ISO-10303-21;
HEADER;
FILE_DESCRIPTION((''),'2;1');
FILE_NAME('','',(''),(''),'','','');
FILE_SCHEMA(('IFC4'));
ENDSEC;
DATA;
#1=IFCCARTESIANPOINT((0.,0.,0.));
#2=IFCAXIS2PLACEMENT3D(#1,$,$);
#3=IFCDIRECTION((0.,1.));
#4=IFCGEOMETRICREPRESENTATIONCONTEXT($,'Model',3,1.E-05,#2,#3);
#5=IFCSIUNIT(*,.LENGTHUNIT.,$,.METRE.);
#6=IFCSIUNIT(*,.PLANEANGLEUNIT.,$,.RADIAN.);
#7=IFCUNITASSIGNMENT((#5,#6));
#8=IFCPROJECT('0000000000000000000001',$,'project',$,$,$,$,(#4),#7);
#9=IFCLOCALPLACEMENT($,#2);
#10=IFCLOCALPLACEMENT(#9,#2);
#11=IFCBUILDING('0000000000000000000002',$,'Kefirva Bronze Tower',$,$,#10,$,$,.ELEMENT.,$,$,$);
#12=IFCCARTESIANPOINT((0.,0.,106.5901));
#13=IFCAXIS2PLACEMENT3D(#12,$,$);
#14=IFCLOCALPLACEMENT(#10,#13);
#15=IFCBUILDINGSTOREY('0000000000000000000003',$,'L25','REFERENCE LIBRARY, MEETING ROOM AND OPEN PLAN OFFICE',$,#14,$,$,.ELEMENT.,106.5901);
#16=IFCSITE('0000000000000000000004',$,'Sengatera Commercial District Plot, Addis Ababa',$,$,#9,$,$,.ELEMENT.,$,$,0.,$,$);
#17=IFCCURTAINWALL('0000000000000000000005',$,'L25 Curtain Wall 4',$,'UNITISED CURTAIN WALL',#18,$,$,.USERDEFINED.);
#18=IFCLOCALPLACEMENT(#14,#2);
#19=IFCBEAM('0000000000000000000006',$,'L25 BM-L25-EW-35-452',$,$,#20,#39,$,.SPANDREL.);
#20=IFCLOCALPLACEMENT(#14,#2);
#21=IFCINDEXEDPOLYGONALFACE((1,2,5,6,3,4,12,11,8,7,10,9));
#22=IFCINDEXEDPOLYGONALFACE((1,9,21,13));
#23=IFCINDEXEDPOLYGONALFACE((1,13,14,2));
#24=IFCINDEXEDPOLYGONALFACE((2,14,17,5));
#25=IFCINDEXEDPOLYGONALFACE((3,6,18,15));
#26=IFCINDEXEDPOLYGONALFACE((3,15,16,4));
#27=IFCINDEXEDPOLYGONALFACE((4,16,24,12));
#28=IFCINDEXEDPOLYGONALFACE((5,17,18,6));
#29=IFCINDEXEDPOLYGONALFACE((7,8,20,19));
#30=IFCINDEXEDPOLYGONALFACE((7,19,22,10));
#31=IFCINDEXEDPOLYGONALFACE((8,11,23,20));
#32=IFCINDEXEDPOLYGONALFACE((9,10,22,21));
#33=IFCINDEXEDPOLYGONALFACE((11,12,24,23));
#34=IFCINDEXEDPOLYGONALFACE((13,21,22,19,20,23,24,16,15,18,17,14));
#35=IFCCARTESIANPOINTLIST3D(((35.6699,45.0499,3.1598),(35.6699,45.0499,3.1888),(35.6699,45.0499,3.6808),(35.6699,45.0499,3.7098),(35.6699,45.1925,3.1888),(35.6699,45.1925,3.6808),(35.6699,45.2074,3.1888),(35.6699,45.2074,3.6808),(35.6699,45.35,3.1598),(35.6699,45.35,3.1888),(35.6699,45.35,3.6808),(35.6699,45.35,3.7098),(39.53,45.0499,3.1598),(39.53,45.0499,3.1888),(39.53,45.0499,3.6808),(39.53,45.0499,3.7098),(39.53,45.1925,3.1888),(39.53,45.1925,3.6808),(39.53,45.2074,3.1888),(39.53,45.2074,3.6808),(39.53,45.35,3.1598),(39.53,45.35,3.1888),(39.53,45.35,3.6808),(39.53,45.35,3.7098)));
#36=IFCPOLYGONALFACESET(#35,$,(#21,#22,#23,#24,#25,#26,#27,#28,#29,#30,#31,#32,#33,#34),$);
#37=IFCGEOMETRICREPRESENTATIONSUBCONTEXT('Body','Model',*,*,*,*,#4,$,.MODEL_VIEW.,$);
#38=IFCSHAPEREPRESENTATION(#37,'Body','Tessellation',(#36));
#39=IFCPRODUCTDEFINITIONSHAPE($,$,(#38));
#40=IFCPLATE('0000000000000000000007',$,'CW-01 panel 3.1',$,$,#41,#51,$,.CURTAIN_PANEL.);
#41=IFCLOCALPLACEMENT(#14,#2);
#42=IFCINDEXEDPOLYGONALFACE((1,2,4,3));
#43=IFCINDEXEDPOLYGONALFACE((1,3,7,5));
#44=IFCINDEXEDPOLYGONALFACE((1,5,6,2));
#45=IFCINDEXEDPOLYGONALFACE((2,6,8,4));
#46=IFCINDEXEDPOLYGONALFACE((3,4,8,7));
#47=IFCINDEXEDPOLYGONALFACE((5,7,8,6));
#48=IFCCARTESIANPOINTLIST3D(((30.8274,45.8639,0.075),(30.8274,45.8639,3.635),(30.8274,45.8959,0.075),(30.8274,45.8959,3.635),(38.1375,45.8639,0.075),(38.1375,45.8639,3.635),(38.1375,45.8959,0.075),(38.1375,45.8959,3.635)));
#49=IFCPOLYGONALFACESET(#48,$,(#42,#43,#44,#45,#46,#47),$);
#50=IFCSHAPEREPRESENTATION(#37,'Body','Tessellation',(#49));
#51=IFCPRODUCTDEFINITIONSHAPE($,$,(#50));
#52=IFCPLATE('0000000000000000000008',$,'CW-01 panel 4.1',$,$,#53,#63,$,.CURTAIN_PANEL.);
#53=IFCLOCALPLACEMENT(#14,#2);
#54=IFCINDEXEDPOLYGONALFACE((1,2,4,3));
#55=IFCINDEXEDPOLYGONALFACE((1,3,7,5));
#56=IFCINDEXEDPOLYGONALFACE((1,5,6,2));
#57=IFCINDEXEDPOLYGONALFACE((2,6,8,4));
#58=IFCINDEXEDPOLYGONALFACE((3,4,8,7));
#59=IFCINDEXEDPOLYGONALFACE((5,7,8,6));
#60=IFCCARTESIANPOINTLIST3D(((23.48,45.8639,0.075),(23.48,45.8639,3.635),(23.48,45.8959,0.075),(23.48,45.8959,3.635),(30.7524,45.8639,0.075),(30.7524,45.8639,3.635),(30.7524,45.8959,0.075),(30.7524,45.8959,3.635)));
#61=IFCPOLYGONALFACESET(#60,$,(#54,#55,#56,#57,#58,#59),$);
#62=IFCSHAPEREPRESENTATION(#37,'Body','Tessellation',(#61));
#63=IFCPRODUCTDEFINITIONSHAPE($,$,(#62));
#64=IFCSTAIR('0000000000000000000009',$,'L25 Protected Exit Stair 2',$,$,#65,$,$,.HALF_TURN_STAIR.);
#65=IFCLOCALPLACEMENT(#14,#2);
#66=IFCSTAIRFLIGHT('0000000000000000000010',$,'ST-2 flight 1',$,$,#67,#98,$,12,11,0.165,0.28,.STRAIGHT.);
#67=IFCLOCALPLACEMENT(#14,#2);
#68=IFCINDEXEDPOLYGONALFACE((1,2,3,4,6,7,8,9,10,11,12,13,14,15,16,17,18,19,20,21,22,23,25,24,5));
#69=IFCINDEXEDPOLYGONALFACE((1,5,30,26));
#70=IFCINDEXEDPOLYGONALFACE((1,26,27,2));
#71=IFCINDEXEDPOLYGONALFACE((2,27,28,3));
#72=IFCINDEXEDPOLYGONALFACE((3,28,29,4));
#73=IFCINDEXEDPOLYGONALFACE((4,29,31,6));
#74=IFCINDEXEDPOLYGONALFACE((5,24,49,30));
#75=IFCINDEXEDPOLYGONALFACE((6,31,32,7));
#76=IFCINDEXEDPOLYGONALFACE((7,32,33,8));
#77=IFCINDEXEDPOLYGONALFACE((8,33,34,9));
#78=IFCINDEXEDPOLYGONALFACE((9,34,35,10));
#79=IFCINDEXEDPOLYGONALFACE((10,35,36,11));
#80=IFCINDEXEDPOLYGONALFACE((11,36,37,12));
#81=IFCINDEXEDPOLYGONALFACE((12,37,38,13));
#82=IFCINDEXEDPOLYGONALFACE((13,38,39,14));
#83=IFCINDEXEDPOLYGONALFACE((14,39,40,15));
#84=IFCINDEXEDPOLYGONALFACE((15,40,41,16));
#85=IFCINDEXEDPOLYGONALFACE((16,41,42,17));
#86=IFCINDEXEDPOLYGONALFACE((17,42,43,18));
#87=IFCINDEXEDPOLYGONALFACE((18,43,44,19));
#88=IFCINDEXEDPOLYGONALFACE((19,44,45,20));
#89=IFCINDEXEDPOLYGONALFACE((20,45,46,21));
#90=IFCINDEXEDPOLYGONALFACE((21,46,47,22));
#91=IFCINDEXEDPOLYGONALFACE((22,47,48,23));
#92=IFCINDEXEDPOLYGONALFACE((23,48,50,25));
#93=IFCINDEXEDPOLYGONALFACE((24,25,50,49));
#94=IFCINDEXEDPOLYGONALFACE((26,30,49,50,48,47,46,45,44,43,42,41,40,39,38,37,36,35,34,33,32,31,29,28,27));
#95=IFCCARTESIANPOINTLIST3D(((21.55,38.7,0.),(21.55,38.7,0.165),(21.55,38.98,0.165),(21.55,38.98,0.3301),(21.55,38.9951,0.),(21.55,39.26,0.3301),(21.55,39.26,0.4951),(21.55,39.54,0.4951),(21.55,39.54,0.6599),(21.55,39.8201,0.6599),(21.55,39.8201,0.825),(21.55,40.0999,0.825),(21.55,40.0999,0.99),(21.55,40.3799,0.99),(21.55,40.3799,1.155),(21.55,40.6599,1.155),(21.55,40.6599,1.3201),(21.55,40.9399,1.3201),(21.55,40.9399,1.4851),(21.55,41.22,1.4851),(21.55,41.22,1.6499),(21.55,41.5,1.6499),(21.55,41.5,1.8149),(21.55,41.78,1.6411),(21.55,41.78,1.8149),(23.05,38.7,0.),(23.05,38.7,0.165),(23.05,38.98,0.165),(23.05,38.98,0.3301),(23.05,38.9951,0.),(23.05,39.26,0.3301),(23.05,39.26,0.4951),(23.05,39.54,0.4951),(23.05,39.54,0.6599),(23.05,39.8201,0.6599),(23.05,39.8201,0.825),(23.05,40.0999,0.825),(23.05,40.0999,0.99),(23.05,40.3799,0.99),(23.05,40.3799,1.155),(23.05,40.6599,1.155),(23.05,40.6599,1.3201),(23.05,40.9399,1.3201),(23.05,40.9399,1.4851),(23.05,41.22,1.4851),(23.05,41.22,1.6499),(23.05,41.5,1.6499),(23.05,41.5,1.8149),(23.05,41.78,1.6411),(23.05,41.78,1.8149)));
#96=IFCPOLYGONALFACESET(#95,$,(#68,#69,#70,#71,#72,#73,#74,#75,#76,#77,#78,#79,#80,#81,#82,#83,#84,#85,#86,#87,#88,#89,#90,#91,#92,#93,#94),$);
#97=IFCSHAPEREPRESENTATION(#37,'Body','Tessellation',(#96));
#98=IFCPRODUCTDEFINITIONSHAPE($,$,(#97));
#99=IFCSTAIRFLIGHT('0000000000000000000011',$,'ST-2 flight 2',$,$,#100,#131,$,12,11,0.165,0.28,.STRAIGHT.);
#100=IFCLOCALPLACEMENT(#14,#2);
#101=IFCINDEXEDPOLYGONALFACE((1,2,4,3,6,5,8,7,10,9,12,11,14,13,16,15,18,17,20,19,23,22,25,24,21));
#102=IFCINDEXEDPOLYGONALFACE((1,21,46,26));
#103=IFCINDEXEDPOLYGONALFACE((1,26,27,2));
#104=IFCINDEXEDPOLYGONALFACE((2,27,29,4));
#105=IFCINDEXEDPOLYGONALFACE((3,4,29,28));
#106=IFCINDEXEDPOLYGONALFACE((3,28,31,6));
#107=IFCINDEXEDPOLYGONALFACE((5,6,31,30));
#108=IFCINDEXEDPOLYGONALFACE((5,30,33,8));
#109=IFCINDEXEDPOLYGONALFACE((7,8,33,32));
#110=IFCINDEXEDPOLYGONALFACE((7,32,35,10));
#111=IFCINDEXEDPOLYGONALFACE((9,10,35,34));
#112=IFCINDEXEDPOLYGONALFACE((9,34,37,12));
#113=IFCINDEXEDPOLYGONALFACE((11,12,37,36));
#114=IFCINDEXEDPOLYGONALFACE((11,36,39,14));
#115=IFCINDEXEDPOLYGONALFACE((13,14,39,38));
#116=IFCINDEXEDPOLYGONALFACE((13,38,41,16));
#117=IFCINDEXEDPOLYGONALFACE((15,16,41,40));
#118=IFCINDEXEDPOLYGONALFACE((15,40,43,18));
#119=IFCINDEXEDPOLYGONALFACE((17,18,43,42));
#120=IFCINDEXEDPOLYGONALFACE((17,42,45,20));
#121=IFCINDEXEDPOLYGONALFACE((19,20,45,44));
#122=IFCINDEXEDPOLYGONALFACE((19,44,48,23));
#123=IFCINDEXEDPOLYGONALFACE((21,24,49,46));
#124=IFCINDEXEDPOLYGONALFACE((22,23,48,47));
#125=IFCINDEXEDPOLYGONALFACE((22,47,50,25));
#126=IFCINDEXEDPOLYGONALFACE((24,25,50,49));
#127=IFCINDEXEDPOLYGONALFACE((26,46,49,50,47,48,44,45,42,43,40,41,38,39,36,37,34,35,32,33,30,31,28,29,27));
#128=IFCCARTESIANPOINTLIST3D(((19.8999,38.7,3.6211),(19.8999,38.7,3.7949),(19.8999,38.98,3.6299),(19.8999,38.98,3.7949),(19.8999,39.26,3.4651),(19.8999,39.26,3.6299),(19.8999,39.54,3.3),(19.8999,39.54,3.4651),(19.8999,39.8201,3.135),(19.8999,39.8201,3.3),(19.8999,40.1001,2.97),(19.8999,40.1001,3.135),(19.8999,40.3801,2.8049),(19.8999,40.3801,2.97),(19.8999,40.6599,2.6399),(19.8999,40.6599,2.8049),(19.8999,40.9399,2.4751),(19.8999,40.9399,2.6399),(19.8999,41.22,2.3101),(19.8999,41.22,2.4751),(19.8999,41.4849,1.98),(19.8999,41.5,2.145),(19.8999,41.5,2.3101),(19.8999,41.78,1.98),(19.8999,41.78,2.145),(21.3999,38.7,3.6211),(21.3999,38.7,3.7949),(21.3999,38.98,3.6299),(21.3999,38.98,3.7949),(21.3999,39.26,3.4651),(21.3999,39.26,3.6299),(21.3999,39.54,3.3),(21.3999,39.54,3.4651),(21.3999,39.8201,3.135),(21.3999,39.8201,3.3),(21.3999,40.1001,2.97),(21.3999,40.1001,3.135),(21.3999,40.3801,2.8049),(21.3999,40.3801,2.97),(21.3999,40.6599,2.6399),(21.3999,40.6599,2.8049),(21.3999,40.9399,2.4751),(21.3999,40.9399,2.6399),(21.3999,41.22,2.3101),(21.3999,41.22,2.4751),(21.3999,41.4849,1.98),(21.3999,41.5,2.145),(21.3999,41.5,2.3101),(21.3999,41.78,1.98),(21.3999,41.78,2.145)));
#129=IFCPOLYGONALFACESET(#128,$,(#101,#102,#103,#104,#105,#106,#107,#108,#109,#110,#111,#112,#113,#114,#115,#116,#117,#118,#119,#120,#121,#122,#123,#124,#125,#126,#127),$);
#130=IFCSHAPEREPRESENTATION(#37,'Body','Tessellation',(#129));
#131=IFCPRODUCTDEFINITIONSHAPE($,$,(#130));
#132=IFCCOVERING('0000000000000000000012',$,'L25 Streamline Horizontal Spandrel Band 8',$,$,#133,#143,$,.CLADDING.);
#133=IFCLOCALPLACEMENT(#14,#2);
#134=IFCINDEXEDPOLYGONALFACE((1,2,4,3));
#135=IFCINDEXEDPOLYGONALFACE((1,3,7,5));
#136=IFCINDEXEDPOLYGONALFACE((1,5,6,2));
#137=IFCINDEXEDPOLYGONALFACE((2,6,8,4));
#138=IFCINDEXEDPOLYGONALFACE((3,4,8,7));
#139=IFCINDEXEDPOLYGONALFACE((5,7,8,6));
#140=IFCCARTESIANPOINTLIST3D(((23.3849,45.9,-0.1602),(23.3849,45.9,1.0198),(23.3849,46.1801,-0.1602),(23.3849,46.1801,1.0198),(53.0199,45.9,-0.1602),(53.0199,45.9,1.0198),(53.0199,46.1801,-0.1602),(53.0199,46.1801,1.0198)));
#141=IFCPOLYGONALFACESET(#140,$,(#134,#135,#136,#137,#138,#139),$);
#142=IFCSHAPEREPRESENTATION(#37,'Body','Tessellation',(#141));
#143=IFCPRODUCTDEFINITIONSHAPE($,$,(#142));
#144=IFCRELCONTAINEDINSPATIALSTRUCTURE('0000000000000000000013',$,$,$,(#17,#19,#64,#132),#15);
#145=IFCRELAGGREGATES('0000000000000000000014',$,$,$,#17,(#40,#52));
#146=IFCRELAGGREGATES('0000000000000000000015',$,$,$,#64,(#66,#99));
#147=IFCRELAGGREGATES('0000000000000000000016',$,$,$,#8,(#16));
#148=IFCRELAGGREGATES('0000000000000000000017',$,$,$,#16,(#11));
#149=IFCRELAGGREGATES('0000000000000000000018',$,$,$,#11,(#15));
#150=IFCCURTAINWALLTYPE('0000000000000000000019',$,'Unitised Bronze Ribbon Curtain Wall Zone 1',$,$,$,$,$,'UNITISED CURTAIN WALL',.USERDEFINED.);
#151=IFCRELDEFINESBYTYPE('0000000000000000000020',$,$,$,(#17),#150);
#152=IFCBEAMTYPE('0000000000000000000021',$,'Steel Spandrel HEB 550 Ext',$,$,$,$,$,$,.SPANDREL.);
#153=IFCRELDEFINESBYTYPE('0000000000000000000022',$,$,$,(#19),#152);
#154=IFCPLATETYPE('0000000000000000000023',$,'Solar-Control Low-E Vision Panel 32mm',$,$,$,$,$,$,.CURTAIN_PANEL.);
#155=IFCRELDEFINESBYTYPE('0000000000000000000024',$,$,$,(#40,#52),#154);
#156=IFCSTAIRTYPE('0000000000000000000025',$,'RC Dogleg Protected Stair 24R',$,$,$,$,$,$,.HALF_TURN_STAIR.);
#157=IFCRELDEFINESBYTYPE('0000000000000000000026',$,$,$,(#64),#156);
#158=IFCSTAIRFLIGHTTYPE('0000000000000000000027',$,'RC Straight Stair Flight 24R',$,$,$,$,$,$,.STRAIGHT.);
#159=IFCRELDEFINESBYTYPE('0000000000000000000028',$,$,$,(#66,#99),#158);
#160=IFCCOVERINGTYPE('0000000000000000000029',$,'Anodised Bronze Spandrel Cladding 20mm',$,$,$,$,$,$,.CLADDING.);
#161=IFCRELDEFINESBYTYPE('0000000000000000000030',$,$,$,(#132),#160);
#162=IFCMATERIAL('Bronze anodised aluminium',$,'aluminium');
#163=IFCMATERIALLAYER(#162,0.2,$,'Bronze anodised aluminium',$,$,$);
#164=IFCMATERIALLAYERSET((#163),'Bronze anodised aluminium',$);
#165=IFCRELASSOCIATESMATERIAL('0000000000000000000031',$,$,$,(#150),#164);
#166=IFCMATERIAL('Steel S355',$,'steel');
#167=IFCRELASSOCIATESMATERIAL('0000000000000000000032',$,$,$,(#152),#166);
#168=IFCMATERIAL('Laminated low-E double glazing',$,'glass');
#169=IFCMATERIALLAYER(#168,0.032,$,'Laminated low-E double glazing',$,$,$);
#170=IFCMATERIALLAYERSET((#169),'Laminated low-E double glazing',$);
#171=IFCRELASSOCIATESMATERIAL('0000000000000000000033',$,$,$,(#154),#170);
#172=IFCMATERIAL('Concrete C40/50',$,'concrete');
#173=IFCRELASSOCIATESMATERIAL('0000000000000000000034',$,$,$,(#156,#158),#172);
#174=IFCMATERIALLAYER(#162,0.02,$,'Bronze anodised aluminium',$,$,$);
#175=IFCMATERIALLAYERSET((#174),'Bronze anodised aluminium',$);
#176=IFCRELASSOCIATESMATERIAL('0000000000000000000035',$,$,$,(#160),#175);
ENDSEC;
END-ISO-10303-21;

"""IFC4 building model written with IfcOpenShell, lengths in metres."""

from ifc_helpers import new_model, si_unit, direction, frame, origin, origin_2d, place, context, subcontext, project, spatial, polyline, rectangle, i_section, outline, extrude, material, layer, layer_set, material_profile, profile_set, type_object, element, aggregate, save


model = new_model("IFC4")

# Units and contexts
model_context = context("Model", 3, precision=1e-05, world=origin(), true_north=direction((0.0, 1.0)))
body_context = subcontext(model_context, "Body", "Model", "MODEL_VIEW")
ifc_project = project(units=[si_unit("LENGTHUNIT", "METRE"), si_unit("PLANEANGLEUNIT", "RADIAN")], contexts=[model_context])

# Site, building, storey
site_placement = place(None, origin())
site = spatial("IfcSite", under=ifc_project, at=site_placement, Name="Sengatera Commercial District Plot, Addis Ababa", CompositionType="ELEMENT", RefElevation=0.0)
building_placement = place(site_placement, origin())
building = spatial("IfcBuilding", under=site, at=building_placement, Name="Kefirva Bronze Tower", CompositionType="ELEMENT")
storey_placement = place(building_placement, frame((0.0, 0.0, 106.5901)))
storey = spatial("IfcBuildingStorey", under=building, at=storey_placement, Name="L25", Description="REFERENCE LIBRARY, MEETING ROOM AND OPEN PLAN OFFICE", CompositionType="ELEMENT", Elevation=106.5901)

# Curtain wall
ifc_material_1 = material(Name="Bronze anodised aluminium", Category="aluminium")
ifc_layer_1 = layer(ifc_material_1, 0.2, Name="Bronze anodised aluminium")
ifc_layer_set_1 = layer_set([ifc_layer_1], Name="Bronze anodised aluminium")
curtain_wall_type = type_object("IfcCurtainWallType", Name="Unitised Bronze Ribbon Curtain Wall Zone 1", ElementType="UNITISED CURTAIN WALL", PredefinedType="USERDEFINED", material=ifc_layer_set_1)
curtain_wall_placement = place(storey_placement, origin())
curtain_wall = element("IfcCurtainWall", 1, at=curtain_wall_placement, inside=storey, type_object=curtain_wall_type, Name="L25 Curtain Wall 4", ObjectType="UNITISED CURTAIN WALL", PredefinedType="USERDEFINED")

# Beam
ifc_material_2 = material(Name="Steel S355", Category="steel")
ifc_material_profile_1 = material_profile(ifc_material_2, i_section(OverallWidth=0.3, OverallDepth=0.55, WebThickness=0.0149, FlangeThickness=0.0291, at=origin_2d()), Name="HEB 550")
ifc_profile_set_1 = profile_set([ifc_material_profile_1], Name="Steel S355")
beam_type_1 = type_object("IfcBeamType", Name="Steel Spandrel HEB 550 Ext", PredefinedType="SPANDREL", material=ifc_profile_set_1)
beam_1_placement = place(storey_placement, frame((35.6699, 45.2, 3.4348), z_axis=(1.0, 0.0, 0.0), x_axis=(0.0, 1.0, 0.0)))
element("IfcBeam", 2, at=beam_1_placement, inside=storey, type_object=beam_type_1, Name="L25 BM-L25-EW-35-452", PredefinedType="SPANDREL", context=body_context, shape_type="SweptSolid", body=[
    extrude(i_section(OverallWidth=0.3, OverallDepth=0.55, WebThickness=0.0149, FlangeThickness=0.0291, at=origin_2d()), origin(), (0.0, 0.0, 1.0), 3.8601),
])

# Plates
ifc_material_3 = material(Name="Laminated low-E double glazing", Category="glass")
ifc_layer_2 = layer(ifc_material_3, 0.032, Name="Laminated low-E double glazing")
ifc_layer_set_2 = layer_set([ifc_layer_2], Name="Laminated low-E double glazing")
plate_type = type_object("IfcPlateType", Name="Solar-Control Low-E Vision Panel 32mm", PredefinedType="CURTAIN_PANEL", material=ifc_layer_set_2)
plate_1_placement = place(storey_placement, frame((34.4824, 45.8799, 0.075), z_axis=(0.0, 0.0, 1.0), x_axis=(-1.0, 0.0, 0.0)))
plate_1 = element("IfcPlate", 3, at=plate_1_placement, type_object=plate_type, Name="CW-01 panel 3.1", PredefinedType="CURTAIN_PANEL", context=body_context, shape_type="SweptSolid", body=[
    extrude(rectangle(XDim=7.3101, YDim=0.032, at=origin_2d()), origin(), (0.0, 0.0, 1.0), 3.5601),
])
plate_2_placement = place(storey_placement, frame((27.1162, 45.8799, 0.075), z_axis=(0.0, 0.0, 1.0), x_axis=(-1.0, 0.0, 0.0)))
plate_2 = element("IfcPlate", 4, at=plate_2_placement, type_object=plate_type, Name="CW-01 panel 4.1", PredefinedType="CURTAIN_PANEL", context=body_context, shape_type="SweptSolid", body=[
    extrude(rectangle(XDim=7.2725, YDim=0.032, at=origin_2d()), origin(), (0.0, 0.0, 1.0), 3.5601),
])
aggregate(curtain_wall, [plate_1, plate_2])

# Stair, stair flights
ifc_material_4 = material(Name="Concrete C40/50", Category="concrete")
stair_type = type_object("IfcStairType", Name="RC Dogleg Protected Stair 24R", PredefinedType="HALF_TURN_STAIR", material=ifc_material_4)
stair_placement = place(storey_placement, origin())
stair = element("IfcStair", 5, at=stair_placement, inside=storey, type_object=stair_type, Name="L25 Protected Exit Stair 2", PredefinedType="HALF_TURN_STAIR")
stair_flight_type = type_object("IfcStairFlightType", Name="RC Straight Stair Flight 24R", PredefinedType="STRAIGHT", material=ifc_material_4)
stair_flight_1_placement = place(storey_placement, frame((22.3, 38.7, 0.0), z_axis=(0.0, 0.0, 1.0), x_axis=(0.0, 1.0, 0.0)))
stair_flight_1 = element("IfcStairFlight", 6, at=stair_flight_1_placement, type_object=stair_flight_type, Name="ST-2 flight 1", NumberOfRisers=12, NumberOfTreads=11, PredefinedType="STRAIGHT", RiserHeight=0.165, TreadLength=0.28, context=body_context, shape_type="SweptSolid", body=[
    extrude(outline(polyline([(0.0, 0.0), (0.0, 0.165), (0.28, 0.165), (0.28, 0.3301), (0.5601, 0.3301), (0.5601, 0.4951), (0.8401, 0.4951), (0.8401, 0.6599), (1.1201, 0.6599), (1.1201, 0.825), (1.3999, 0.825), (1.3999, 0.99), (1.6799, 0.99), (1.6799, 1.155), (1.96, 1.155), (1.96, 1.3201), (2.24, 1.3201), (2.24, 1.4851), (2.52, 1.4851), (2.52, 1.6499), (2.8, 1.6499), (2.8, 1.8149), (3.0801, 1.8149), (3.0801, 1.98), (3.0801, 1.6411), (0.2952, 0.0), (0.0, 0.0)])), frame((0.0, 0.75, 0.0), z_axis=(0.0, -1.0, 0.0), x_axis=(1.0, 0.0, 0.0)), (0.0, 0.0, 1.0), 1.5),
])
stair_flight_2_placement = place(storey_placement, frame((20.6499, 41.78, 1.98), z_axis=(0.0, 0.0, 1.0), x_axis=(0.0, -1.0, 0.0)))
stair_flight_2 = element("IfcStairFlight", 7, at=stair_flight_2_placement, type_object=stair_flight_type, Name="ST-2 flight 2", NumberOfRisers=12, NumberOfTreads=11, PredefinedType="STRAIGHT", RiserHeight=0.165, TreadLength=0.28, context=body_context, shape_type="SweptSolid", body=[
    extrude(outline(polyline([(0.0, 0.0), (0.0, 0.165), (0.28, 0.165), (0.28, 0.3301), (0.5601, 0.3301), (0.5601, 0.4951), (0.8401, 0.4951), (0.8401, 0.6599), (1.1201, 0.6599), (1.1201, 0.825), (1.3999, 0.825), (1.3999, 0.99), (1.6799, 0.99), (1.6799, 1.155), (1.96, 1.155), (1.96, 1.3201), (2.24, 1.3201), (2.24, 1.4851), (2.52, 1.4851), (2.52, 1.6499), (2.8, 1.6499), (2.8, 1.8149), (3.0801, 1.8149), (3.0801, 1.98), (3.0801, 1.6411), (0.2952, 0.0), (0.0, 0.0)])), frame((0.0, 0.75, 0.0), z_axis=(0.0, -1.0, 0.0), x_axis=(1.0, 0.0, 0.0)), (0.0, 0.0, 1.0), 1.5),
])
aggregate(stair, [stair_flight_1, stair_flight_2])

# Covering
ifc_layer_3 = layer(ifc_material_1, 0.02, Name="Bronze anodised aluminium")
ifc_layer_set_3 = layer_set([ifc_layer_3], Name="Bronze anodised aluminium")
covering_type_1 = type_object("IfcCoveringType", Name="Anodised Bronze Spandrel Cladding 20mm", PredefinedType="CLADDING", material=ifc_layer_set_3)
covering_1_placement = place(storey_placement, frame((38.2024, 46.04, -0.1602), z_axis=(0.0, 0.0, 1.0), x_axis=(-1.0, 0.0, 0.0)))
element("IfcCovering", 8, at=covering_1_placement, inside=storey, type_object=covering_type_1, Name="L25 Streamline Horizontal Spandrel Band 8", PredefinedType="CLADDING", context=body_context, shape_type="SweptSolid", body=[
    extrude(rectangle(XDim=29.635, YDim=0.28, at=origin_2d()), origin(), (0.0, 0.0, 1.0), 1.1799),
])

save(model, "model.ifc")
